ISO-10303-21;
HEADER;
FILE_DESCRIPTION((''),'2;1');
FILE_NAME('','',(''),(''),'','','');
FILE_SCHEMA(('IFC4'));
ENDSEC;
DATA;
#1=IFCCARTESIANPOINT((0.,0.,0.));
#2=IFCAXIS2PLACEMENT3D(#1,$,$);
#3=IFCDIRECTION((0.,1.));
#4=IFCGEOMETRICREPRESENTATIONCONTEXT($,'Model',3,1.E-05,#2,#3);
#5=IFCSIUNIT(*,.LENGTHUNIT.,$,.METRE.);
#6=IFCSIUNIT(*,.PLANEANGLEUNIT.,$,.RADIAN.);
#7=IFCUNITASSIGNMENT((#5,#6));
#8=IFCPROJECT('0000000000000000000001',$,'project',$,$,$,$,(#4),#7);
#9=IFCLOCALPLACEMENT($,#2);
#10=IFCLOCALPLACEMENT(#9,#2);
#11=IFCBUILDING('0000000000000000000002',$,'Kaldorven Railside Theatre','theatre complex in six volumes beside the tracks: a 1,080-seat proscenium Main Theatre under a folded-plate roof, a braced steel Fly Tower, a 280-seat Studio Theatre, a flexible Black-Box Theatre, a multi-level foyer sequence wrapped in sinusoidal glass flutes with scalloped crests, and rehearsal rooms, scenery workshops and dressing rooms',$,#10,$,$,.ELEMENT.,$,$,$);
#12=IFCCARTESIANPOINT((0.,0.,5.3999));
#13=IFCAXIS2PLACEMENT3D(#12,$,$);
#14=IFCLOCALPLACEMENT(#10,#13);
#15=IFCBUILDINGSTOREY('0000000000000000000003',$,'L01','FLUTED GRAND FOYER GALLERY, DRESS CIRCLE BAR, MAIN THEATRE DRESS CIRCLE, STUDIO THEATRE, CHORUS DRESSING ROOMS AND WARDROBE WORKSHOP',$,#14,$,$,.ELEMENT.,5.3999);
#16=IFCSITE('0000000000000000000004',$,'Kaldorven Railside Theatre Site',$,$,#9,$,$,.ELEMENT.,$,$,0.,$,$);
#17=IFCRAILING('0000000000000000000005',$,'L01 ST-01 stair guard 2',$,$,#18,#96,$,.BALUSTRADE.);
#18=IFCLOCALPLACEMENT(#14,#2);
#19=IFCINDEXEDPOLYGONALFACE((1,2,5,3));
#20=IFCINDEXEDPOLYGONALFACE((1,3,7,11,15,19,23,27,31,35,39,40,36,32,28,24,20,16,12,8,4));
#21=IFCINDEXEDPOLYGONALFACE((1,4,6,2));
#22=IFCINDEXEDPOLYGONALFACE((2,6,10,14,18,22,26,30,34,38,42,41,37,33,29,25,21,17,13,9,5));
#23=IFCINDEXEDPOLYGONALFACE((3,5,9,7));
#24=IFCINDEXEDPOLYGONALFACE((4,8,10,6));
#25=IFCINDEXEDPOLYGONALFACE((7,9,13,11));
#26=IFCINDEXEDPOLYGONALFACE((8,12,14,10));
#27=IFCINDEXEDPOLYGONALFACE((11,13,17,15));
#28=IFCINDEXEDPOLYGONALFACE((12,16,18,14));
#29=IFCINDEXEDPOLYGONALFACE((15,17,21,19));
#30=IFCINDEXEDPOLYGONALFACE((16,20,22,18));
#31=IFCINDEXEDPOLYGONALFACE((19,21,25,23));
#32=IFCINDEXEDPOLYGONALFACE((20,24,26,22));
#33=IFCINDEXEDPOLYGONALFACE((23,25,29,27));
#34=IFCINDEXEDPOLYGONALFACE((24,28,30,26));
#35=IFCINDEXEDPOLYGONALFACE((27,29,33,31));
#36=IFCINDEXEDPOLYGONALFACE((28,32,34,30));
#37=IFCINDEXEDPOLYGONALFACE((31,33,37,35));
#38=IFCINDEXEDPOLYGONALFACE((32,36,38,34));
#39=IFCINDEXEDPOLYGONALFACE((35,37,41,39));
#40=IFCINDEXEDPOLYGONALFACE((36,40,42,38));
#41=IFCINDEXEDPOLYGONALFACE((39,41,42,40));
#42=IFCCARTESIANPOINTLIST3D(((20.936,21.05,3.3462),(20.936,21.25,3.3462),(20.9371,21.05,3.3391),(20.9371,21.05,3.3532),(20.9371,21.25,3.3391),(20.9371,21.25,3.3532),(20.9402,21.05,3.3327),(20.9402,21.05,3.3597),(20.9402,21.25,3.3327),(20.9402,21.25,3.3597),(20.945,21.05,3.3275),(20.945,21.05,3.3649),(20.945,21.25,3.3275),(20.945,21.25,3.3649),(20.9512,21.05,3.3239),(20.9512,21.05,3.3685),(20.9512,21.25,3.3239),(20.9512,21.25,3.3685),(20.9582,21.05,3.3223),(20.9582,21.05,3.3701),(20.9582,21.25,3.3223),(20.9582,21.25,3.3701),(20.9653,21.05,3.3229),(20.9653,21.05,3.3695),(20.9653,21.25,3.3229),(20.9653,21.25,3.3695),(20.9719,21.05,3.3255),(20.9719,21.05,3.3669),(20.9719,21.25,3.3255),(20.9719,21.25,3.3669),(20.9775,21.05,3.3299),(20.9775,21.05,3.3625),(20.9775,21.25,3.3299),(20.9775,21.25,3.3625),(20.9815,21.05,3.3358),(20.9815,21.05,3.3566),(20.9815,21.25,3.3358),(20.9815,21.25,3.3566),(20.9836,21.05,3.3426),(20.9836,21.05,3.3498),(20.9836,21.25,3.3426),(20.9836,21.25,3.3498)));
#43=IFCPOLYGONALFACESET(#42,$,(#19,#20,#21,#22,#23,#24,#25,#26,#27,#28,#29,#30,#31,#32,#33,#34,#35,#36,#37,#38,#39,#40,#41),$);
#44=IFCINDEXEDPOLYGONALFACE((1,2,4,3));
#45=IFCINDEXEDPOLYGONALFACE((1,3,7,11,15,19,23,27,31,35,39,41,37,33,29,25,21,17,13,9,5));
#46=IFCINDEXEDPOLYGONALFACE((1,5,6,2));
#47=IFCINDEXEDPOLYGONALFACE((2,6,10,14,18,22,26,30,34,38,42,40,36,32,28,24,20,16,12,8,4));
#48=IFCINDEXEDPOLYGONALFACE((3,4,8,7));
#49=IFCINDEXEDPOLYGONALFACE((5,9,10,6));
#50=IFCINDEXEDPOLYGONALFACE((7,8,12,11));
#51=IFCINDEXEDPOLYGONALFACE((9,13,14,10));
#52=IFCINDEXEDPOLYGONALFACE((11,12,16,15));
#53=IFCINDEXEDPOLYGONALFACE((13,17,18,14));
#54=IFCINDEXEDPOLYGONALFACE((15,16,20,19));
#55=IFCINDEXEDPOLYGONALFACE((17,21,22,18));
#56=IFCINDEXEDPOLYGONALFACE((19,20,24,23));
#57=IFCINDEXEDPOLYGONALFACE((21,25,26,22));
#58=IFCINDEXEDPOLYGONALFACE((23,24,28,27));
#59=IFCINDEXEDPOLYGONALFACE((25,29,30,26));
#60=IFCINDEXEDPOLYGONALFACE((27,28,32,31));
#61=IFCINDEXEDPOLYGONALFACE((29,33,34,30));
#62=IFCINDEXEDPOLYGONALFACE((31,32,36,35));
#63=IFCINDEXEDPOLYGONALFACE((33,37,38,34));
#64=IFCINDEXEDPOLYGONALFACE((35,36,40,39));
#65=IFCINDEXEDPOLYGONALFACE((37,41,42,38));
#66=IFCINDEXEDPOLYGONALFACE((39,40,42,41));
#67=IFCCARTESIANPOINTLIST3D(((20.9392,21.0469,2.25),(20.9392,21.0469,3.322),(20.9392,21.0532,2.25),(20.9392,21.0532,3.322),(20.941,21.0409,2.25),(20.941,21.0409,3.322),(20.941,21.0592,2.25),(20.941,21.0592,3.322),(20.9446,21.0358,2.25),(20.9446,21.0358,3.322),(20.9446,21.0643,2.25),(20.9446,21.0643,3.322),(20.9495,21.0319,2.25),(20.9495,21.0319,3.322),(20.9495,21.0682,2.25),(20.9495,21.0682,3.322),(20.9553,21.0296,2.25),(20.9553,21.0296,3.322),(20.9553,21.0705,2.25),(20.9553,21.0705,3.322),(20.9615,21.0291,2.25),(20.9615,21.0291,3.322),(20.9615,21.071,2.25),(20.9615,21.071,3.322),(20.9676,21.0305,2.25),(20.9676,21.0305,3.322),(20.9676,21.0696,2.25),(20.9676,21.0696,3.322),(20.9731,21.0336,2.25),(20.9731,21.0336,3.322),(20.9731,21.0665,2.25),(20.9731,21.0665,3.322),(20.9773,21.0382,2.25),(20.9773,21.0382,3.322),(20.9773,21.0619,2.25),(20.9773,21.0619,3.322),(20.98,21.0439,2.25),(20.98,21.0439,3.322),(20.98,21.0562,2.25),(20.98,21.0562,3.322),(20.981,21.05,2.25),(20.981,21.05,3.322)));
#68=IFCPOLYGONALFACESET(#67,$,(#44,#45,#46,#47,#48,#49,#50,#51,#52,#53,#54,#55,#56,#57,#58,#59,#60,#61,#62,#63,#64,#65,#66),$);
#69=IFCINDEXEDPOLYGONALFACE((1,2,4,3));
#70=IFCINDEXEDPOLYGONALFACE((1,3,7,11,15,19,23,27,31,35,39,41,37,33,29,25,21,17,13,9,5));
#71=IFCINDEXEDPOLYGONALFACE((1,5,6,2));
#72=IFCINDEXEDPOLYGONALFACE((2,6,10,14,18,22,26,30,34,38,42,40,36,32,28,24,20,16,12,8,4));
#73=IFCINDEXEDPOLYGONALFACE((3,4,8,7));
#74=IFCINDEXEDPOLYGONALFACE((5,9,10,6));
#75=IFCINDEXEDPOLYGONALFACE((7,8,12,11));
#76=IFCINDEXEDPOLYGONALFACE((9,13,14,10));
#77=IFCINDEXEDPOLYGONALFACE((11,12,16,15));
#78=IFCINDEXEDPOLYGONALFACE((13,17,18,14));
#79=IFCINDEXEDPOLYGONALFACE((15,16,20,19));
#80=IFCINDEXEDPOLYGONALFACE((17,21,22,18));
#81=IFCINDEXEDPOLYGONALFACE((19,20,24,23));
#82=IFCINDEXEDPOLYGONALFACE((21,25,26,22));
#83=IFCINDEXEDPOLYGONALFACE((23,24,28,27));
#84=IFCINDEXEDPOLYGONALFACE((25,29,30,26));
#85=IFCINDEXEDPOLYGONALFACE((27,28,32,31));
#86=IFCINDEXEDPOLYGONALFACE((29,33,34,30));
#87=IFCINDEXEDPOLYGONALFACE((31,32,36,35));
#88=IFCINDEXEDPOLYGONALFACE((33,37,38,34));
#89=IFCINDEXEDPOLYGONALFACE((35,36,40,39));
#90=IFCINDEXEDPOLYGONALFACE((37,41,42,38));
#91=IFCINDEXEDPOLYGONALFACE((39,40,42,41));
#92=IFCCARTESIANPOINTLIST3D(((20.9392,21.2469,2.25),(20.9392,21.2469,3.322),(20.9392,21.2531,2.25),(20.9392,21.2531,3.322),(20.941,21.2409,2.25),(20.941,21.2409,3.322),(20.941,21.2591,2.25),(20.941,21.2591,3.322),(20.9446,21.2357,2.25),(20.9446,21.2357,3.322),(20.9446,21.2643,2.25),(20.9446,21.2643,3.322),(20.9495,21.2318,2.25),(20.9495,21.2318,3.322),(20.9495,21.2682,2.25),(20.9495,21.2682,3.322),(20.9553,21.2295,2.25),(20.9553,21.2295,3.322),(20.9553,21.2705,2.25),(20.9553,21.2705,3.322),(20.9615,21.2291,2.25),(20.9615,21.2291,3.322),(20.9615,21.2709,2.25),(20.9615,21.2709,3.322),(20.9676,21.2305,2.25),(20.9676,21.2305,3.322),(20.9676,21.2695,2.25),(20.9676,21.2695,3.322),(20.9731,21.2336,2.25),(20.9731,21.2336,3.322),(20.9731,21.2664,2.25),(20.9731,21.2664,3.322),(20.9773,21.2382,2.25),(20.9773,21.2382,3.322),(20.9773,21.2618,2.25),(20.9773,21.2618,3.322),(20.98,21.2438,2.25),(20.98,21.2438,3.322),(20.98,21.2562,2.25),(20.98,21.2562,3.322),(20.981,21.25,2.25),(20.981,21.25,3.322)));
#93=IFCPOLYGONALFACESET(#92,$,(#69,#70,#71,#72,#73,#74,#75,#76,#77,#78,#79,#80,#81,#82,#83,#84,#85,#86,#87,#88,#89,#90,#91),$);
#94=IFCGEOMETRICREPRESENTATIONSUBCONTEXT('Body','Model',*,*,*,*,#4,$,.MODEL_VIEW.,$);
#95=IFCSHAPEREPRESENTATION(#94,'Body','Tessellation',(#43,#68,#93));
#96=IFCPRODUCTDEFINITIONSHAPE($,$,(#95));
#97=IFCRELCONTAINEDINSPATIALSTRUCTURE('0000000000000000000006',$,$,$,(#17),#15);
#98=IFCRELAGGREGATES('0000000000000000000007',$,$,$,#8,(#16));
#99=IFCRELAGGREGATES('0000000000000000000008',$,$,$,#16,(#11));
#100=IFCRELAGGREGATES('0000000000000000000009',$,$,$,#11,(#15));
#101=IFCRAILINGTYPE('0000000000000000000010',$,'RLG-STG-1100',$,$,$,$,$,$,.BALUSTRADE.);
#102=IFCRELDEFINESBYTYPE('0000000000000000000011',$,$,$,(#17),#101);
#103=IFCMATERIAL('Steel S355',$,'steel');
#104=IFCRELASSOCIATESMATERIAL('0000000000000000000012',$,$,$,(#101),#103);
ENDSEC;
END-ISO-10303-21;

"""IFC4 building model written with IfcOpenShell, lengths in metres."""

from ifc_helpers import new_model, si_unit, direction, frame, origin, origin_2d, place, context, subcontext, project, spatial, circle, extrude, material, type_object, element, save


model = new_model("IFC4")

# Units and contexts
model_context = context("Model", 3, precision=1e-05, world=origin(), true_north=direction((0.0, 1.0)))
body_context = subcontext(model_context, "Body", "Model", "MODEL_VIEW")
ifc_project = project(units=[si_unit("LENGTHUNIT", "METRE"), si_unit("PLANEANGLEUNIT", "RADIAN")], contexts=[model_context])

# Site, building, storey
site_placement = place(None, origin())
site = spatial("IfcSite", under=ifc_project, at=site_placement, Name="Kaldorven Railside Theatre Site", CompositionType="ELEMENT", RefElevation=0.0)
building_placement = place(site_placement, origin())
building = spatial("IfcBuilding", under=site, at=building_placement, Name="Kaldorven Railside Theatre", Description="theatre complex in six volumes beside the tracks: a 1,080-seat proscenium Main Theatre under a folded-plate roof, a braced steel Fly Tower, a 280-seat Studio Theatre, a flexible Black-Box Theatre, a multi-level foyer sequence wrapped in sinusoidal glass flutes with scalloped crests, and rehearsal rooms, scenery workshops and dressing rooms", CompositionType="ELEMENT")
storey_placement = place(building_placement, frame((0.0, 0.0, 5.3999)))
storey = spatial("IfcBuildingStorey", under=building, at=storey_placement, Name="L01", Description="FLUTED GRAND FOYER GALLERY, DRESS CIRCLE BAR, MAIN THEATRE DRESS CIRCLE, STUDIO THEATRE, CHORUS DRESSING ROOMS AND WARDROBE WORKSHOP", CompositionType="ELEMENT", Elevation=5.3999)

# Shared definitions
ifc_material_1 = material(Name="Steel S355", Category="steel")

# Railing
railing_type_1 = type_object("IfcRailingType", Name="RLG-STG-1100", PredefinedType="BALUSTRADE", material=ifc_material_1)
railing_1_placement = place(storey_placement, frame((20.96, 21.05, 2.25)))
element("IfcRailing", 1, at=railing_1_placement, inside=storey, type_object=railing_type_1, Name="L01 ST-01 stair guard 2", PredefinedType="BALUSTRADE", context=body_context, shape_type="SweptSolid", body=[
    extrude(circle(Radius=0.0239, at=origin_2d()), frame((0.0, 0.0, 1.0962), z_axis=(0.0, 1.0, 0.0), x_axis=(-1.0, 0.0, 0.0)), (0.0, 0.0, 1.0), 0.2),
    extrude(circle(Radius=0.021, at=origin_2d()), origin(), (0.0, 0.0, 1.0), 1.072),
    extrude(circle(Radius=0.021, at=origin_2d()), frame((0.0, 0.2, 0.0)), (0.0, 0.0, 1.0), 1.072),
])

save(model, "model.ifc")
